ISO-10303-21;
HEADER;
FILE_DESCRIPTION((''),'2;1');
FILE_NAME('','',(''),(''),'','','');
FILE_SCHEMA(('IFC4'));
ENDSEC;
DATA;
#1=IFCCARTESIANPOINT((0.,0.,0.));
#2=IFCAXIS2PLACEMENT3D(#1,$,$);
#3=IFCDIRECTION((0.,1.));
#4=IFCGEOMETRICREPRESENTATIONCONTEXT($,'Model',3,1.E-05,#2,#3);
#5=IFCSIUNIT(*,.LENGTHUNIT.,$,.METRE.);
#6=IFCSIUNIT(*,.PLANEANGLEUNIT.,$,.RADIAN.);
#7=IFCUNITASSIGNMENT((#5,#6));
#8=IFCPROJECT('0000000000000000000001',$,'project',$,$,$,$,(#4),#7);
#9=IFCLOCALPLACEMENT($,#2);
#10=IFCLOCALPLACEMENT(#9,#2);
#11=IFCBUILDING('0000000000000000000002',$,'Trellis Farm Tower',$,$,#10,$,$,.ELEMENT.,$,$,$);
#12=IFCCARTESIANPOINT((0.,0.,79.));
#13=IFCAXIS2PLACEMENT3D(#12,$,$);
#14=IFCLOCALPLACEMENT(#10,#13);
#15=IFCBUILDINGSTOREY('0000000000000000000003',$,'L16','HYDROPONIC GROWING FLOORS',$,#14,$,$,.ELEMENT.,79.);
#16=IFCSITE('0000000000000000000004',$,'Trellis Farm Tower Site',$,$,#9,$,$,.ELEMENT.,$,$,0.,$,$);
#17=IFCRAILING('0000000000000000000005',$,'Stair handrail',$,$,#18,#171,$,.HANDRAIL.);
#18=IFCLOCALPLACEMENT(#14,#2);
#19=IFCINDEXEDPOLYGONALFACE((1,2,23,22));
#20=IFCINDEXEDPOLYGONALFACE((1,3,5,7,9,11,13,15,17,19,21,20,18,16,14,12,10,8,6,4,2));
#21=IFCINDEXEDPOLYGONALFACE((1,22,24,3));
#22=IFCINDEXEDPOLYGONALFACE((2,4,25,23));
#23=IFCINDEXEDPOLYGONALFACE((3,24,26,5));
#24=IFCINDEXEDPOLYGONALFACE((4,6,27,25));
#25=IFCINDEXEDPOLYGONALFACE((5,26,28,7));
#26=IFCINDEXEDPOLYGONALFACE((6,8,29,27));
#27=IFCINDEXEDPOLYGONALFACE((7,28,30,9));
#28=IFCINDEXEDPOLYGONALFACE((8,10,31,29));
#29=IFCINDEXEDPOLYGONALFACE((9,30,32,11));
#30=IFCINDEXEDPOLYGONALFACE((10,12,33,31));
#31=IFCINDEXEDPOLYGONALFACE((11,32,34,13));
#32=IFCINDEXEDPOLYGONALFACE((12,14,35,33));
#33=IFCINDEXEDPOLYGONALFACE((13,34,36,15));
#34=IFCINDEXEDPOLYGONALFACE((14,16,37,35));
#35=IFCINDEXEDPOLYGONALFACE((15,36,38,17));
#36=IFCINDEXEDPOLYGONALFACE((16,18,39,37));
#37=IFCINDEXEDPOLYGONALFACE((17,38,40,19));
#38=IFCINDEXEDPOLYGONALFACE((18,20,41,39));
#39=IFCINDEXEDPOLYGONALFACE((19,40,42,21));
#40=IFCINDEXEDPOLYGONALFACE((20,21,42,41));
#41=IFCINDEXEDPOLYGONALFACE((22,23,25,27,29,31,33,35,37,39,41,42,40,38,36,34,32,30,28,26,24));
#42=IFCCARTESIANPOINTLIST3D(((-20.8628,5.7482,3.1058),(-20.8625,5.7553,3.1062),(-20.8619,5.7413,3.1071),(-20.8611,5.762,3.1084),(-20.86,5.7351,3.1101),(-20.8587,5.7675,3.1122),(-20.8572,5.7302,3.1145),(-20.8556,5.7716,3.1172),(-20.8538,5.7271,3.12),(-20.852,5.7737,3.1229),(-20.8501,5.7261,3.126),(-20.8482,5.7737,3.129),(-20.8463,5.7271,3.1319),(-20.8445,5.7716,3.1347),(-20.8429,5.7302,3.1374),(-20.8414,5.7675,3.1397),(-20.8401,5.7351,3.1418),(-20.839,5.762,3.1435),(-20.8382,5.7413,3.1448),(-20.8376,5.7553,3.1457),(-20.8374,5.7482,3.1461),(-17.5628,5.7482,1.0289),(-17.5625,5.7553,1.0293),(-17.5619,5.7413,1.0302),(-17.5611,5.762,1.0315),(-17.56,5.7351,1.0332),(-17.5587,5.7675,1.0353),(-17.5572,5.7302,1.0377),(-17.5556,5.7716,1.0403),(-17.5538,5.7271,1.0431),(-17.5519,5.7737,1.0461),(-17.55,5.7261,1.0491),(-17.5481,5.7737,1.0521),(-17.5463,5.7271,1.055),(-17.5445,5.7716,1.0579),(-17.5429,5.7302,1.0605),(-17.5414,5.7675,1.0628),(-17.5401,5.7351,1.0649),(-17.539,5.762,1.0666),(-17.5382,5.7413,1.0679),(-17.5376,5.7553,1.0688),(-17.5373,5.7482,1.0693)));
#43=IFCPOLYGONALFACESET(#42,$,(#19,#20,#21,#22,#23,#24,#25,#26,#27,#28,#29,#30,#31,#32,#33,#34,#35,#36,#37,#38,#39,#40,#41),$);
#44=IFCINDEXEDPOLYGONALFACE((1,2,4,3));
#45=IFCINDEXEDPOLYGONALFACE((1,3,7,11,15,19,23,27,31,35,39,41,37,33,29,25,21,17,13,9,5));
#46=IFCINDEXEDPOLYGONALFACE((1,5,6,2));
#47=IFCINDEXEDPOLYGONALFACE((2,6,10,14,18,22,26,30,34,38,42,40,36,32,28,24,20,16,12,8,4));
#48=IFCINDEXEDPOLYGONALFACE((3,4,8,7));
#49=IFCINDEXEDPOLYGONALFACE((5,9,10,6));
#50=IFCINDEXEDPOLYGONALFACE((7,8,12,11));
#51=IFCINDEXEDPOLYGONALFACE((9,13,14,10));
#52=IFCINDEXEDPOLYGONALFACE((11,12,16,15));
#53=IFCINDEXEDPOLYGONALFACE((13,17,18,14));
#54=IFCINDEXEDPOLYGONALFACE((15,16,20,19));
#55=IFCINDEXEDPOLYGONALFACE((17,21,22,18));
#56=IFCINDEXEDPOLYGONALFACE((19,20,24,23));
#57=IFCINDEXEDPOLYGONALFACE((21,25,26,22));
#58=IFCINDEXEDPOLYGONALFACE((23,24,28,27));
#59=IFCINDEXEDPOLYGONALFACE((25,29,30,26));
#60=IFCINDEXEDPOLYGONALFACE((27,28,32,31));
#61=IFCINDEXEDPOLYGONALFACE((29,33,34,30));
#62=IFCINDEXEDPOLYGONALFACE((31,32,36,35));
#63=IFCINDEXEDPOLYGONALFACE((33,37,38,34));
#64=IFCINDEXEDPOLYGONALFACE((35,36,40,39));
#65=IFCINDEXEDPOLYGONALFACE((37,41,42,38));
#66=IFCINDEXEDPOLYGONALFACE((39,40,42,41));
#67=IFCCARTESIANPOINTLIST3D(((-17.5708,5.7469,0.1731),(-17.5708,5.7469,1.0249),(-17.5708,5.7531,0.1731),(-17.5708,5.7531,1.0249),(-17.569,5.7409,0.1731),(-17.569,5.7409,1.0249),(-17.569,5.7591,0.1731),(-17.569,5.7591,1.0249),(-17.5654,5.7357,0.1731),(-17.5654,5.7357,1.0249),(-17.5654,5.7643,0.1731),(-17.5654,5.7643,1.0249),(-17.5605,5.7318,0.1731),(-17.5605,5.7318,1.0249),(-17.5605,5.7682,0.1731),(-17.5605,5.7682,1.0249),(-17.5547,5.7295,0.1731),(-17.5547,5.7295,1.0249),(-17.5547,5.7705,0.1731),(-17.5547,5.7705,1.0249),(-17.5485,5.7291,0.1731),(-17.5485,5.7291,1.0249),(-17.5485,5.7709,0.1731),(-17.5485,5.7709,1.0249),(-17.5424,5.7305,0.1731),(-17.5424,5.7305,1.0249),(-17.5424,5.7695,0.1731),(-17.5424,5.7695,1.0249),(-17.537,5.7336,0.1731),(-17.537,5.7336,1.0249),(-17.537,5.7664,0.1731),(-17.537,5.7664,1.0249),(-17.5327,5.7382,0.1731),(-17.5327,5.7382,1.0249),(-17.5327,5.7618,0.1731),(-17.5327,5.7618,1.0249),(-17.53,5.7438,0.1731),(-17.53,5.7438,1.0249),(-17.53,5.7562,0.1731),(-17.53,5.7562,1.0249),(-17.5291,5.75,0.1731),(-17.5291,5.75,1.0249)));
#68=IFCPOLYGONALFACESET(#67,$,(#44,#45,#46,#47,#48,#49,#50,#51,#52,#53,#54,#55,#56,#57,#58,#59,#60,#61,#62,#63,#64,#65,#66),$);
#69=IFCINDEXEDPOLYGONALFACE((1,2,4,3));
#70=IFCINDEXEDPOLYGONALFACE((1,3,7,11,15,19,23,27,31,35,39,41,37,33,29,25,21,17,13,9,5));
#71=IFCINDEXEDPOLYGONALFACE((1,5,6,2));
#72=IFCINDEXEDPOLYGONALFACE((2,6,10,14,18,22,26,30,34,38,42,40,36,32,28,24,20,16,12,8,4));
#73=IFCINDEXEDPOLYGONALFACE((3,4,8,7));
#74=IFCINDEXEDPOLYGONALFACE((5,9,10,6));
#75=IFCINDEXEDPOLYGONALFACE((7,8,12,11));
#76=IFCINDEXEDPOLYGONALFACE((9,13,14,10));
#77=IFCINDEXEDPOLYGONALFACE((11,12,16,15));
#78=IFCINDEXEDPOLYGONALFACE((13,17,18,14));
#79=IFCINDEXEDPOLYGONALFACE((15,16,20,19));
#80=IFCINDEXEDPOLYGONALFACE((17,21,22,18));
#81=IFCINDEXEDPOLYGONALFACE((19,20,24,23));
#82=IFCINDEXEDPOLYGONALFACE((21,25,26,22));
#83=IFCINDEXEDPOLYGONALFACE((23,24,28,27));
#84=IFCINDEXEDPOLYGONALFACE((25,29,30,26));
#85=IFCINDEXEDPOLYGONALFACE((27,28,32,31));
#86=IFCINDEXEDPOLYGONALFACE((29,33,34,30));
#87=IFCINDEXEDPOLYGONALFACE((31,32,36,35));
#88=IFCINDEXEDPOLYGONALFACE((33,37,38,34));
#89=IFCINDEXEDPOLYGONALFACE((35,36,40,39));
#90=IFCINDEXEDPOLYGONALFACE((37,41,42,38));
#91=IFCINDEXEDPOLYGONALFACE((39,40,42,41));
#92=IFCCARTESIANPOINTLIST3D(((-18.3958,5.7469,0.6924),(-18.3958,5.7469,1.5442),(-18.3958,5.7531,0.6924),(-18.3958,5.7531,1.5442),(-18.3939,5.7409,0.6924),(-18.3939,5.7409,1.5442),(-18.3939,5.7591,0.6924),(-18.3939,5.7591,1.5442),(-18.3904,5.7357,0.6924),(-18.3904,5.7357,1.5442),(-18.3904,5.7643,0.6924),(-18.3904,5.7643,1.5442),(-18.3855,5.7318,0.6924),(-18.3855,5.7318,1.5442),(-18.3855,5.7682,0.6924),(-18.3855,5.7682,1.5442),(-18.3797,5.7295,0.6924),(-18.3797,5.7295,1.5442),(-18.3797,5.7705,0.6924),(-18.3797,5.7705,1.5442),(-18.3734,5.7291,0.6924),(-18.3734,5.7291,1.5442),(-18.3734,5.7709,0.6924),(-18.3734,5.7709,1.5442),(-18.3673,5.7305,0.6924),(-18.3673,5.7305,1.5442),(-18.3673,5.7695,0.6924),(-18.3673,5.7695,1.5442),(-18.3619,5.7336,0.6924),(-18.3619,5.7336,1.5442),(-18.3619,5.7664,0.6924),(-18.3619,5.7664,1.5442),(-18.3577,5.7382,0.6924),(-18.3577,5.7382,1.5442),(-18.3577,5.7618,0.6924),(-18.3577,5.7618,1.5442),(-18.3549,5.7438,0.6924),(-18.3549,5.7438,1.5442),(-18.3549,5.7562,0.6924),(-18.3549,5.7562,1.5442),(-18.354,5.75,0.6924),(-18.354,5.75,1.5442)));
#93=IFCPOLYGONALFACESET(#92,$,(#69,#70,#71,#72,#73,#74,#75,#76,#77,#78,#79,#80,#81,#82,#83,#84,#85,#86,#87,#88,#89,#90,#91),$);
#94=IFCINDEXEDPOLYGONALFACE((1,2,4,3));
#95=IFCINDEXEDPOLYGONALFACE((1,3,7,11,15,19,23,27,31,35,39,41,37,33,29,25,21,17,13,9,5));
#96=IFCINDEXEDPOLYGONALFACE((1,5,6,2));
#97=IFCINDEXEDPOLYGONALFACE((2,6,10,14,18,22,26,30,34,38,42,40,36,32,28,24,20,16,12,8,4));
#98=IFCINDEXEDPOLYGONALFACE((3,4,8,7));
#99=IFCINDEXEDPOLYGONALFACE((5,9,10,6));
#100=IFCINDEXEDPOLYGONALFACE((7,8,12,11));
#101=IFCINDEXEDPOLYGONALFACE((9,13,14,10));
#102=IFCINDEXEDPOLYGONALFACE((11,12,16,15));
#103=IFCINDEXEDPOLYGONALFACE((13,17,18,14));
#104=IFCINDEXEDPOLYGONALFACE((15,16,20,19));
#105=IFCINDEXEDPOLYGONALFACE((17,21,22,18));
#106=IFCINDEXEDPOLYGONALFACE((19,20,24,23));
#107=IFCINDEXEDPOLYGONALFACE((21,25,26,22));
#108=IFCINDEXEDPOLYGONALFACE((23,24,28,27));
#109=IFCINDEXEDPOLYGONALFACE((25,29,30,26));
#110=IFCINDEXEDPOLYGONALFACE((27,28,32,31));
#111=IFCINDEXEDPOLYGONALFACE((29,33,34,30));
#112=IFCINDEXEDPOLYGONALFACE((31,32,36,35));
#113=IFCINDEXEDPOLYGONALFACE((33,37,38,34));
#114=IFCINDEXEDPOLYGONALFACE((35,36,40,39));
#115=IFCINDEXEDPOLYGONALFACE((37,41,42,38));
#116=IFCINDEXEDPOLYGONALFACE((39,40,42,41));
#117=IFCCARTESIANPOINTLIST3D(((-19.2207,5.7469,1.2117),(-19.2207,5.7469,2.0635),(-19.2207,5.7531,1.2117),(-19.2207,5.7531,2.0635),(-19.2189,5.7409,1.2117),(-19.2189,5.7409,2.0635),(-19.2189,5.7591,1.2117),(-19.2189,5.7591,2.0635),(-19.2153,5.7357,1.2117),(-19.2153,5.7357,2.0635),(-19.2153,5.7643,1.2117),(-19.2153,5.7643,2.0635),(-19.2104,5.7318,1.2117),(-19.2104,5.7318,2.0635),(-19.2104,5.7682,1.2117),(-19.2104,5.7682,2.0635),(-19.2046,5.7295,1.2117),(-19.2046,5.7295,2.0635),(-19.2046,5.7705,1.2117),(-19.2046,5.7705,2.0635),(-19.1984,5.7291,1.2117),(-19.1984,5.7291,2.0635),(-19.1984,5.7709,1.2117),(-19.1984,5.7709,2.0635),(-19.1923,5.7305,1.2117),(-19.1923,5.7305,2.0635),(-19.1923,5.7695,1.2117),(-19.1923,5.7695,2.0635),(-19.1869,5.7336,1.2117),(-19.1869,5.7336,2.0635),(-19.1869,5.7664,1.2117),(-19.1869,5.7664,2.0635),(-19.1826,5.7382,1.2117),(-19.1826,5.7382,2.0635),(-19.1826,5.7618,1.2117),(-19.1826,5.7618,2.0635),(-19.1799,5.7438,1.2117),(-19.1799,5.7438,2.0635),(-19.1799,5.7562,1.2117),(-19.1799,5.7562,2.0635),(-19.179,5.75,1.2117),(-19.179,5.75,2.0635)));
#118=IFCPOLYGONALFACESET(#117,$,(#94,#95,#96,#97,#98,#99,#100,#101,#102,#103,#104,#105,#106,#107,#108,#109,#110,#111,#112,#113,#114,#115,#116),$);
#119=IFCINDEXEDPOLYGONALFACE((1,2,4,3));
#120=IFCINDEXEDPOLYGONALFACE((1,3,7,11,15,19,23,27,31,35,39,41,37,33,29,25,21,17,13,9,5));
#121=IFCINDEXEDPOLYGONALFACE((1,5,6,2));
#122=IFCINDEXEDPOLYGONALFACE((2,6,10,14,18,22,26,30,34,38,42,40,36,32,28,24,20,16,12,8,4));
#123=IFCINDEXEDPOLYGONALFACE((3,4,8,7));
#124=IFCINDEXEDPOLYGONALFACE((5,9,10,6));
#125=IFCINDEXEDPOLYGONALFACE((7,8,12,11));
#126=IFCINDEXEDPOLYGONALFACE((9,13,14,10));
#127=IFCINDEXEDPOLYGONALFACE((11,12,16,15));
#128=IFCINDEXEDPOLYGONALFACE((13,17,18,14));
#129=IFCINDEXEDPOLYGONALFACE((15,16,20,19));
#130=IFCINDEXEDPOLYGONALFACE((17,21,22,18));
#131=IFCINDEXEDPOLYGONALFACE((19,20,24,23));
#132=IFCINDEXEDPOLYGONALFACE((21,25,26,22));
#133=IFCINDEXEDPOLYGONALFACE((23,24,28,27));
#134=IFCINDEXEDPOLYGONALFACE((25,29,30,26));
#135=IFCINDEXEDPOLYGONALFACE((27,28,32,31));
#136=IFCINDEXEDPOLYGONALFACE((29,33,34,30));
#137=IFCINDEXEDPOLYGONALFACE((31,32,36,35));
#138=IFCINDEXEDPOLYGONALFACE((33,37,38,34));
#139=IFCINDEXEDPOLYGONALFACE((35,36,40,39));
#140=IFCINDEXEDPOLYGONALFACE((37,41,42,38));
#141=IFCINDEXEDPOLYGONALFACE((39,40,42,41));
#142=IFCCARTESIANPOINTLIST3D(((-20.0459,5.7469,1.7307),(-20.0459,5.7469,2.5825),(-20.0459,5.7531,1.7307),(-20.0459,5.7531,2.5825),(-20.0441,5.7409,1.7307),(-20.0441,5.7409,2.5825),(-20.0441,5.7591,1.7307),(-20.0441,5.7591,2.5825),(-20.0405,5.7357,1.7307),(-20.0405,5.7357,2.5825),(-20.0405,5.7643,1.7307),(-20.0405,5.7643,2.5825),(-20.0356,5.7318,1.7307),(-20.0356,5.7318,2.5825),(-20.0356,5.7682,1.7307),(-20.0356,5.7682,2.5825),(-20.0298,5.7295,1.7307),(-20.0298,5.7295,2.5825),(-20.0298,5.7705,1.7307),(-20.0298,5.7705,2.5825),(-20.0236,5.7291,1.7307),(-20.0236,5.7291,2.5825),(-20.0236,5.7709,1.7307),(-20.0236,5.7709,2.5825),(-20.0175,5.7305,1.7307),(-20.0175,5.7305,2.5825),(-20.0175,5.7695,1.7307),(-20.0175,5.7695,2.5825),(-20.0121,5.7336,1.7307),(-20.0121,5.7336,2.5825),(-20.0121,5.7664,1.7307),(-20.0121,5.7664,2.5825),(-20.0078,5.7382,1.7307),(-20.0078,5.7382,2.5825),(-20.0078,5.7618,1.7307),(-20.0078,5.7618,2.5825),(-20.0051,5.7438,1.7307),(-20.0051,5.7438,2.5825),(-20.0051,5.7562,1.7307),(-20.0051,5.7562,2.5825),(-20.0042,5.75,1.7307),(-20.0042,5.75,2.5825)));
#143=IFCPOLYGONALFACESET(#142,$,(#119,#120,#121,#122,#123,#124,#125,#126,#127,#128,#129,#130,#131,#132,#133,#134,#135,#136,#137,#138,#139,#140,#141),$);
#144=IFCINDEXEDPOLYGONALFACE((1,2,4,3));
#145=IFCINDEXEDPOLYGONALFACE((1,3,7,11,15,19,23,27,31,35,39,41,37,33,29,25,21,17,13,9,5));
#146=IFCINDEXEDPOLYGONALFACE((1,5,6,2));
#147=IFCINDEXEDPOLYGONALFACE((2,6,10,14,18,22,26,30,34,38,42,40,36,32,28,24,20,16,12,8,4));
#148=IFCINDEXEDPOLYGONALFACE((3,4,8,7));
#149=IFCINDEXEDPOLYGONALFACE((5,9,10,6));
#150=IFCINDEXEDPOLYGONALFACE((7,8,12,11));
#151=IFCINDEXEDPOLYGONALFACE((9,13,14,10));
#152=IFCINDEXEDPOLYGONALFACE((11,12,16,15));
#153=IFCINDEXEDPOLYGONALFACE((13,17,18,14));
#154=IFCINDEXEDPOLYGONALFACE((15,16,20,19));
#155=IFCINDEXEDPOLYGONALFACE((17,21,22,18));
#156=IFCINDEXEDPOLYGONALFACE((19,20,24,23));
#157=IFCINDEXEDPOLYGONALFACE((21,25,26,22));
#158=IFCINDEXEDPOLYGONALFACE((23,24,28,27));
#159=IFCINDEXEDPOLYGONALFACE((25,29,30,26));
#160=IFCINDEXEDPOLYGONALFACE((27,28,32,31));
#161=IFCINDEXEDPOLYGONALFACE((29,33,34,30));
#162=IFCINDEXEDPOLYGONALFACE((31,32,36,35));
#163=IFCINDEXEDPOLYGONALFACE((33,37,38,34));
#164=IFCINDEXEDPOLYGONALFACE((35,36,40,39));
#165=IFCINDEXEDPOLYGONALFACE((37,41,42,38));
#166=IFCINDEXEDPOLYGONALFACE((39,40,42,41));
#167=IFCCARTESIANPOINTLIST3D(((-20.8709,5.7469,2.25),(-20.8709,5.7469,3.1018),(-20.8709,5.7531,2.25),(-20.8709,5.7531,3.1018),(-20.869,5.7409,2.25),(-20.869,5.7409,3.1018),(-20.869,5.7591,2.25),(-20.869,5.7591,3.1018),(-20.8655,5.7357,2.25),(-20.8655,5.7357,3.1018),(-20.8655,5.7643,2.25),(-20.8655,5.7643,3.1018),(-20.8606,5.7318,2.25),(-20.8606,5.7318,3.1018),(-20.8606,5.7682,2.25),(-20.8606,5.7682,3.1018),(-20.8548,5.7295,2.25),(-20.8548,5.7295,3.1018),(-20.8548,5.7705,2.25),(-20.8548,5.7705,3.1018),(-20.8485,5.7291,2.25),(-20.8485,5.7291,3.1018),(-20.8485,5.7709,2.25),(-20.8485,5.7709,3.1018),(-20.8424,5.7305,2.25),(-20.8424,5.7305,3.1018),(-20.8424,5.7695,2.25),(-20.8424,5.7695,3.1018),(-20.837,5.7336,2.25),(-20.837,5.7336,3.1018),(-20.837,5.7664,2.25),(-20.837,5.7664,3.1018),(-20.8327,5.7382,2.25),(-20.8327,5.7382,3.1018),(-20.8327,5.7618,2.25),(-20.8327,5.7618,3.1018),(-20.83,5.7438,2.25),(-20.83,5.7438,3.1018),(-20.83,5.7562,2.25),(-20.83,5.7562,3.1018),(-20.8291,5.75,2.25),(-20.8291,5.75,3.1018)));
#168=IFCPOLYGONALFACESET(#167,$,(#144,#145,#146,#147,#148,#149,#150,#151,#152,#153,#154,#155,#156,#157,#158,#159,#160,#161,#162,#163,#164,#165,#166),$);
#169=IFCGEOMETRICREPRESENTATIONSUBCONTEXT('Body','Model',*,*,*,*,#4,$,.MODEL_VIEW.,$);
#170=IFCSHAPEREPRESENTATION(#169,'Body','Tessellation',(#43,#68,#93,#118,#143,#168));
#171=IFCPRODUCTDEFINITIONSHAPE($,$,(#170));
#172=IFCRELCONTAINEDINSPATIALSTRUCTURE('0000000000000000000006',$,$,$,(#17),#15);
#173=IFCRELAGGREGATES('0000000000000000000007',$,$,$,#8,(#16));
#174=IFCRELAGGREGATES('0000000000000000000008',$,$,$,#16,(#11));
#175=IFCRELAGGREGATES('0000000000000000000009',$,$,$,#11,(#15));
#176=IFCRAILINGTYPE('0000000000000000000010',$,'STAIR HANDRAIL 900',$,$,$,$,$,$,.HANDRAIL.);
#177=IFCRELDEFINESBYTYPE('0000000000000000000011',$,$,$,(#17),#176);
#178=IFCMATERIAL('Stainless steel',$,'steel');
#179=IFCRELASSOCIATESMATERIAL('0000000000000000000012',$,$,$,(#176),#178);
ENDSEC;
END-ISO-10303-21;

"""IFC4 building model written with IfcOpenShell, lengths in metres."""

from ifc_helpers import new_model, si_unit, direction, frame, origin, origin_2d, place, context, subcontext, project, spatial, circle, extrude, source, transform, mapped, material, type_object, element, save


model = new_model("IFC4")

# Units and contexts
model_context = context("Model", 3, precision=1e-05, world=origin(), true_north=direction((0.0, 1.0)))
body_context = subcontext(model_context, "Body", "Model", "MODEL_VIEW")
ifc_project = project(units=[si_unit("LENGTHUNIT", "METRE"), si_unit("PLANEANGLEUNIT", "RADIAN")], contexts=[model_context])

# Site, building, storey
site_placement = place(None, origin())
site = spatial("IfcSite", under=ifc_project, at=site_placement, Name="Trellis Farm Tower Site", CompositionType="ELEMENT", RefElevation=0.0)
building_placement = place(site_placement, origin())
building = spatial("IfcBuilding", under=site, at=building_placement, Name="Trellis Farm Tower", CompositionType="ELEMENT")
storey_placement = place(building_placement, frame((0.0, 0.0, 79.0)))
storey = spatial("IfcBuildingStorey", under=building, at=storey_placement, Name="L16", Description="HYDROPONIC GROWING FLOORS", CompositionType="ELEMENT", Elevation=79.0)

# Railing
ifc_material_1 = material(Name="Stainless steel", Category="steel")
railing_type = type_object("IfcRailingType", Name="STAIR HANDRAIL 900", PredefinedType="HANDRAIL", material=ifc_material_1)
shared_shape_1 = source(origin(), body_context, "Body", "SweptSolid", [
    extrude(circle(Radius=0.0239, at=origin_2d()), frame((0.0, 0.0, 0.876), z_axis=(-0.846337, 0.0, 0.532647), x_axis=(0.0, -1.0, 0.0)), (0.0, 0.0, 1.0), 3.8992),
    extrude(circle(Radius=0.021, at=origin_2d()), origin(), (0.0, 0.0, 1.0), 0.8518),
    extrude(circle(Radius=0.021, at=origin_2d()), frame((-0.825, 0.0, 0.5193)), (0.0, 0.0, 1.0), 0.8518),
    extrude(circle(Radius=0.021, at=origin_2d()), frame((-1.6499, 0.0, 1.0386)), (0.0, 0.0, 1.0), 0.8518),
    extrude(circle(Radius=0.021, at=origin_2d()), frame((-2.4751, 0.0, 1.5576)), (0.0, 0.0, 1.0), 0.8518),
    extrude(circle(Radius=0.021, at=origin_2d()), frame((-3.3, 0.0, 2.0769)), (0.0, 0.0, 1.0), 0.8518),
])
for number, where, name in (
    (1, (-17.55, 5.75, 0.1731), "Stair handrail"),
):
    element("IfcRailing", number, at=place(storey_placement, frame(where)), inside=storey, type_object=railing_type, Name=name, PredefinedType="HANDRAIL", context=body_context, shape_type="MappedRepresentation", body=[
        mapped(shared_shape_1, transform((0.0, 0.0, 0.0))),
    ])

save(model, "model.ifc")
